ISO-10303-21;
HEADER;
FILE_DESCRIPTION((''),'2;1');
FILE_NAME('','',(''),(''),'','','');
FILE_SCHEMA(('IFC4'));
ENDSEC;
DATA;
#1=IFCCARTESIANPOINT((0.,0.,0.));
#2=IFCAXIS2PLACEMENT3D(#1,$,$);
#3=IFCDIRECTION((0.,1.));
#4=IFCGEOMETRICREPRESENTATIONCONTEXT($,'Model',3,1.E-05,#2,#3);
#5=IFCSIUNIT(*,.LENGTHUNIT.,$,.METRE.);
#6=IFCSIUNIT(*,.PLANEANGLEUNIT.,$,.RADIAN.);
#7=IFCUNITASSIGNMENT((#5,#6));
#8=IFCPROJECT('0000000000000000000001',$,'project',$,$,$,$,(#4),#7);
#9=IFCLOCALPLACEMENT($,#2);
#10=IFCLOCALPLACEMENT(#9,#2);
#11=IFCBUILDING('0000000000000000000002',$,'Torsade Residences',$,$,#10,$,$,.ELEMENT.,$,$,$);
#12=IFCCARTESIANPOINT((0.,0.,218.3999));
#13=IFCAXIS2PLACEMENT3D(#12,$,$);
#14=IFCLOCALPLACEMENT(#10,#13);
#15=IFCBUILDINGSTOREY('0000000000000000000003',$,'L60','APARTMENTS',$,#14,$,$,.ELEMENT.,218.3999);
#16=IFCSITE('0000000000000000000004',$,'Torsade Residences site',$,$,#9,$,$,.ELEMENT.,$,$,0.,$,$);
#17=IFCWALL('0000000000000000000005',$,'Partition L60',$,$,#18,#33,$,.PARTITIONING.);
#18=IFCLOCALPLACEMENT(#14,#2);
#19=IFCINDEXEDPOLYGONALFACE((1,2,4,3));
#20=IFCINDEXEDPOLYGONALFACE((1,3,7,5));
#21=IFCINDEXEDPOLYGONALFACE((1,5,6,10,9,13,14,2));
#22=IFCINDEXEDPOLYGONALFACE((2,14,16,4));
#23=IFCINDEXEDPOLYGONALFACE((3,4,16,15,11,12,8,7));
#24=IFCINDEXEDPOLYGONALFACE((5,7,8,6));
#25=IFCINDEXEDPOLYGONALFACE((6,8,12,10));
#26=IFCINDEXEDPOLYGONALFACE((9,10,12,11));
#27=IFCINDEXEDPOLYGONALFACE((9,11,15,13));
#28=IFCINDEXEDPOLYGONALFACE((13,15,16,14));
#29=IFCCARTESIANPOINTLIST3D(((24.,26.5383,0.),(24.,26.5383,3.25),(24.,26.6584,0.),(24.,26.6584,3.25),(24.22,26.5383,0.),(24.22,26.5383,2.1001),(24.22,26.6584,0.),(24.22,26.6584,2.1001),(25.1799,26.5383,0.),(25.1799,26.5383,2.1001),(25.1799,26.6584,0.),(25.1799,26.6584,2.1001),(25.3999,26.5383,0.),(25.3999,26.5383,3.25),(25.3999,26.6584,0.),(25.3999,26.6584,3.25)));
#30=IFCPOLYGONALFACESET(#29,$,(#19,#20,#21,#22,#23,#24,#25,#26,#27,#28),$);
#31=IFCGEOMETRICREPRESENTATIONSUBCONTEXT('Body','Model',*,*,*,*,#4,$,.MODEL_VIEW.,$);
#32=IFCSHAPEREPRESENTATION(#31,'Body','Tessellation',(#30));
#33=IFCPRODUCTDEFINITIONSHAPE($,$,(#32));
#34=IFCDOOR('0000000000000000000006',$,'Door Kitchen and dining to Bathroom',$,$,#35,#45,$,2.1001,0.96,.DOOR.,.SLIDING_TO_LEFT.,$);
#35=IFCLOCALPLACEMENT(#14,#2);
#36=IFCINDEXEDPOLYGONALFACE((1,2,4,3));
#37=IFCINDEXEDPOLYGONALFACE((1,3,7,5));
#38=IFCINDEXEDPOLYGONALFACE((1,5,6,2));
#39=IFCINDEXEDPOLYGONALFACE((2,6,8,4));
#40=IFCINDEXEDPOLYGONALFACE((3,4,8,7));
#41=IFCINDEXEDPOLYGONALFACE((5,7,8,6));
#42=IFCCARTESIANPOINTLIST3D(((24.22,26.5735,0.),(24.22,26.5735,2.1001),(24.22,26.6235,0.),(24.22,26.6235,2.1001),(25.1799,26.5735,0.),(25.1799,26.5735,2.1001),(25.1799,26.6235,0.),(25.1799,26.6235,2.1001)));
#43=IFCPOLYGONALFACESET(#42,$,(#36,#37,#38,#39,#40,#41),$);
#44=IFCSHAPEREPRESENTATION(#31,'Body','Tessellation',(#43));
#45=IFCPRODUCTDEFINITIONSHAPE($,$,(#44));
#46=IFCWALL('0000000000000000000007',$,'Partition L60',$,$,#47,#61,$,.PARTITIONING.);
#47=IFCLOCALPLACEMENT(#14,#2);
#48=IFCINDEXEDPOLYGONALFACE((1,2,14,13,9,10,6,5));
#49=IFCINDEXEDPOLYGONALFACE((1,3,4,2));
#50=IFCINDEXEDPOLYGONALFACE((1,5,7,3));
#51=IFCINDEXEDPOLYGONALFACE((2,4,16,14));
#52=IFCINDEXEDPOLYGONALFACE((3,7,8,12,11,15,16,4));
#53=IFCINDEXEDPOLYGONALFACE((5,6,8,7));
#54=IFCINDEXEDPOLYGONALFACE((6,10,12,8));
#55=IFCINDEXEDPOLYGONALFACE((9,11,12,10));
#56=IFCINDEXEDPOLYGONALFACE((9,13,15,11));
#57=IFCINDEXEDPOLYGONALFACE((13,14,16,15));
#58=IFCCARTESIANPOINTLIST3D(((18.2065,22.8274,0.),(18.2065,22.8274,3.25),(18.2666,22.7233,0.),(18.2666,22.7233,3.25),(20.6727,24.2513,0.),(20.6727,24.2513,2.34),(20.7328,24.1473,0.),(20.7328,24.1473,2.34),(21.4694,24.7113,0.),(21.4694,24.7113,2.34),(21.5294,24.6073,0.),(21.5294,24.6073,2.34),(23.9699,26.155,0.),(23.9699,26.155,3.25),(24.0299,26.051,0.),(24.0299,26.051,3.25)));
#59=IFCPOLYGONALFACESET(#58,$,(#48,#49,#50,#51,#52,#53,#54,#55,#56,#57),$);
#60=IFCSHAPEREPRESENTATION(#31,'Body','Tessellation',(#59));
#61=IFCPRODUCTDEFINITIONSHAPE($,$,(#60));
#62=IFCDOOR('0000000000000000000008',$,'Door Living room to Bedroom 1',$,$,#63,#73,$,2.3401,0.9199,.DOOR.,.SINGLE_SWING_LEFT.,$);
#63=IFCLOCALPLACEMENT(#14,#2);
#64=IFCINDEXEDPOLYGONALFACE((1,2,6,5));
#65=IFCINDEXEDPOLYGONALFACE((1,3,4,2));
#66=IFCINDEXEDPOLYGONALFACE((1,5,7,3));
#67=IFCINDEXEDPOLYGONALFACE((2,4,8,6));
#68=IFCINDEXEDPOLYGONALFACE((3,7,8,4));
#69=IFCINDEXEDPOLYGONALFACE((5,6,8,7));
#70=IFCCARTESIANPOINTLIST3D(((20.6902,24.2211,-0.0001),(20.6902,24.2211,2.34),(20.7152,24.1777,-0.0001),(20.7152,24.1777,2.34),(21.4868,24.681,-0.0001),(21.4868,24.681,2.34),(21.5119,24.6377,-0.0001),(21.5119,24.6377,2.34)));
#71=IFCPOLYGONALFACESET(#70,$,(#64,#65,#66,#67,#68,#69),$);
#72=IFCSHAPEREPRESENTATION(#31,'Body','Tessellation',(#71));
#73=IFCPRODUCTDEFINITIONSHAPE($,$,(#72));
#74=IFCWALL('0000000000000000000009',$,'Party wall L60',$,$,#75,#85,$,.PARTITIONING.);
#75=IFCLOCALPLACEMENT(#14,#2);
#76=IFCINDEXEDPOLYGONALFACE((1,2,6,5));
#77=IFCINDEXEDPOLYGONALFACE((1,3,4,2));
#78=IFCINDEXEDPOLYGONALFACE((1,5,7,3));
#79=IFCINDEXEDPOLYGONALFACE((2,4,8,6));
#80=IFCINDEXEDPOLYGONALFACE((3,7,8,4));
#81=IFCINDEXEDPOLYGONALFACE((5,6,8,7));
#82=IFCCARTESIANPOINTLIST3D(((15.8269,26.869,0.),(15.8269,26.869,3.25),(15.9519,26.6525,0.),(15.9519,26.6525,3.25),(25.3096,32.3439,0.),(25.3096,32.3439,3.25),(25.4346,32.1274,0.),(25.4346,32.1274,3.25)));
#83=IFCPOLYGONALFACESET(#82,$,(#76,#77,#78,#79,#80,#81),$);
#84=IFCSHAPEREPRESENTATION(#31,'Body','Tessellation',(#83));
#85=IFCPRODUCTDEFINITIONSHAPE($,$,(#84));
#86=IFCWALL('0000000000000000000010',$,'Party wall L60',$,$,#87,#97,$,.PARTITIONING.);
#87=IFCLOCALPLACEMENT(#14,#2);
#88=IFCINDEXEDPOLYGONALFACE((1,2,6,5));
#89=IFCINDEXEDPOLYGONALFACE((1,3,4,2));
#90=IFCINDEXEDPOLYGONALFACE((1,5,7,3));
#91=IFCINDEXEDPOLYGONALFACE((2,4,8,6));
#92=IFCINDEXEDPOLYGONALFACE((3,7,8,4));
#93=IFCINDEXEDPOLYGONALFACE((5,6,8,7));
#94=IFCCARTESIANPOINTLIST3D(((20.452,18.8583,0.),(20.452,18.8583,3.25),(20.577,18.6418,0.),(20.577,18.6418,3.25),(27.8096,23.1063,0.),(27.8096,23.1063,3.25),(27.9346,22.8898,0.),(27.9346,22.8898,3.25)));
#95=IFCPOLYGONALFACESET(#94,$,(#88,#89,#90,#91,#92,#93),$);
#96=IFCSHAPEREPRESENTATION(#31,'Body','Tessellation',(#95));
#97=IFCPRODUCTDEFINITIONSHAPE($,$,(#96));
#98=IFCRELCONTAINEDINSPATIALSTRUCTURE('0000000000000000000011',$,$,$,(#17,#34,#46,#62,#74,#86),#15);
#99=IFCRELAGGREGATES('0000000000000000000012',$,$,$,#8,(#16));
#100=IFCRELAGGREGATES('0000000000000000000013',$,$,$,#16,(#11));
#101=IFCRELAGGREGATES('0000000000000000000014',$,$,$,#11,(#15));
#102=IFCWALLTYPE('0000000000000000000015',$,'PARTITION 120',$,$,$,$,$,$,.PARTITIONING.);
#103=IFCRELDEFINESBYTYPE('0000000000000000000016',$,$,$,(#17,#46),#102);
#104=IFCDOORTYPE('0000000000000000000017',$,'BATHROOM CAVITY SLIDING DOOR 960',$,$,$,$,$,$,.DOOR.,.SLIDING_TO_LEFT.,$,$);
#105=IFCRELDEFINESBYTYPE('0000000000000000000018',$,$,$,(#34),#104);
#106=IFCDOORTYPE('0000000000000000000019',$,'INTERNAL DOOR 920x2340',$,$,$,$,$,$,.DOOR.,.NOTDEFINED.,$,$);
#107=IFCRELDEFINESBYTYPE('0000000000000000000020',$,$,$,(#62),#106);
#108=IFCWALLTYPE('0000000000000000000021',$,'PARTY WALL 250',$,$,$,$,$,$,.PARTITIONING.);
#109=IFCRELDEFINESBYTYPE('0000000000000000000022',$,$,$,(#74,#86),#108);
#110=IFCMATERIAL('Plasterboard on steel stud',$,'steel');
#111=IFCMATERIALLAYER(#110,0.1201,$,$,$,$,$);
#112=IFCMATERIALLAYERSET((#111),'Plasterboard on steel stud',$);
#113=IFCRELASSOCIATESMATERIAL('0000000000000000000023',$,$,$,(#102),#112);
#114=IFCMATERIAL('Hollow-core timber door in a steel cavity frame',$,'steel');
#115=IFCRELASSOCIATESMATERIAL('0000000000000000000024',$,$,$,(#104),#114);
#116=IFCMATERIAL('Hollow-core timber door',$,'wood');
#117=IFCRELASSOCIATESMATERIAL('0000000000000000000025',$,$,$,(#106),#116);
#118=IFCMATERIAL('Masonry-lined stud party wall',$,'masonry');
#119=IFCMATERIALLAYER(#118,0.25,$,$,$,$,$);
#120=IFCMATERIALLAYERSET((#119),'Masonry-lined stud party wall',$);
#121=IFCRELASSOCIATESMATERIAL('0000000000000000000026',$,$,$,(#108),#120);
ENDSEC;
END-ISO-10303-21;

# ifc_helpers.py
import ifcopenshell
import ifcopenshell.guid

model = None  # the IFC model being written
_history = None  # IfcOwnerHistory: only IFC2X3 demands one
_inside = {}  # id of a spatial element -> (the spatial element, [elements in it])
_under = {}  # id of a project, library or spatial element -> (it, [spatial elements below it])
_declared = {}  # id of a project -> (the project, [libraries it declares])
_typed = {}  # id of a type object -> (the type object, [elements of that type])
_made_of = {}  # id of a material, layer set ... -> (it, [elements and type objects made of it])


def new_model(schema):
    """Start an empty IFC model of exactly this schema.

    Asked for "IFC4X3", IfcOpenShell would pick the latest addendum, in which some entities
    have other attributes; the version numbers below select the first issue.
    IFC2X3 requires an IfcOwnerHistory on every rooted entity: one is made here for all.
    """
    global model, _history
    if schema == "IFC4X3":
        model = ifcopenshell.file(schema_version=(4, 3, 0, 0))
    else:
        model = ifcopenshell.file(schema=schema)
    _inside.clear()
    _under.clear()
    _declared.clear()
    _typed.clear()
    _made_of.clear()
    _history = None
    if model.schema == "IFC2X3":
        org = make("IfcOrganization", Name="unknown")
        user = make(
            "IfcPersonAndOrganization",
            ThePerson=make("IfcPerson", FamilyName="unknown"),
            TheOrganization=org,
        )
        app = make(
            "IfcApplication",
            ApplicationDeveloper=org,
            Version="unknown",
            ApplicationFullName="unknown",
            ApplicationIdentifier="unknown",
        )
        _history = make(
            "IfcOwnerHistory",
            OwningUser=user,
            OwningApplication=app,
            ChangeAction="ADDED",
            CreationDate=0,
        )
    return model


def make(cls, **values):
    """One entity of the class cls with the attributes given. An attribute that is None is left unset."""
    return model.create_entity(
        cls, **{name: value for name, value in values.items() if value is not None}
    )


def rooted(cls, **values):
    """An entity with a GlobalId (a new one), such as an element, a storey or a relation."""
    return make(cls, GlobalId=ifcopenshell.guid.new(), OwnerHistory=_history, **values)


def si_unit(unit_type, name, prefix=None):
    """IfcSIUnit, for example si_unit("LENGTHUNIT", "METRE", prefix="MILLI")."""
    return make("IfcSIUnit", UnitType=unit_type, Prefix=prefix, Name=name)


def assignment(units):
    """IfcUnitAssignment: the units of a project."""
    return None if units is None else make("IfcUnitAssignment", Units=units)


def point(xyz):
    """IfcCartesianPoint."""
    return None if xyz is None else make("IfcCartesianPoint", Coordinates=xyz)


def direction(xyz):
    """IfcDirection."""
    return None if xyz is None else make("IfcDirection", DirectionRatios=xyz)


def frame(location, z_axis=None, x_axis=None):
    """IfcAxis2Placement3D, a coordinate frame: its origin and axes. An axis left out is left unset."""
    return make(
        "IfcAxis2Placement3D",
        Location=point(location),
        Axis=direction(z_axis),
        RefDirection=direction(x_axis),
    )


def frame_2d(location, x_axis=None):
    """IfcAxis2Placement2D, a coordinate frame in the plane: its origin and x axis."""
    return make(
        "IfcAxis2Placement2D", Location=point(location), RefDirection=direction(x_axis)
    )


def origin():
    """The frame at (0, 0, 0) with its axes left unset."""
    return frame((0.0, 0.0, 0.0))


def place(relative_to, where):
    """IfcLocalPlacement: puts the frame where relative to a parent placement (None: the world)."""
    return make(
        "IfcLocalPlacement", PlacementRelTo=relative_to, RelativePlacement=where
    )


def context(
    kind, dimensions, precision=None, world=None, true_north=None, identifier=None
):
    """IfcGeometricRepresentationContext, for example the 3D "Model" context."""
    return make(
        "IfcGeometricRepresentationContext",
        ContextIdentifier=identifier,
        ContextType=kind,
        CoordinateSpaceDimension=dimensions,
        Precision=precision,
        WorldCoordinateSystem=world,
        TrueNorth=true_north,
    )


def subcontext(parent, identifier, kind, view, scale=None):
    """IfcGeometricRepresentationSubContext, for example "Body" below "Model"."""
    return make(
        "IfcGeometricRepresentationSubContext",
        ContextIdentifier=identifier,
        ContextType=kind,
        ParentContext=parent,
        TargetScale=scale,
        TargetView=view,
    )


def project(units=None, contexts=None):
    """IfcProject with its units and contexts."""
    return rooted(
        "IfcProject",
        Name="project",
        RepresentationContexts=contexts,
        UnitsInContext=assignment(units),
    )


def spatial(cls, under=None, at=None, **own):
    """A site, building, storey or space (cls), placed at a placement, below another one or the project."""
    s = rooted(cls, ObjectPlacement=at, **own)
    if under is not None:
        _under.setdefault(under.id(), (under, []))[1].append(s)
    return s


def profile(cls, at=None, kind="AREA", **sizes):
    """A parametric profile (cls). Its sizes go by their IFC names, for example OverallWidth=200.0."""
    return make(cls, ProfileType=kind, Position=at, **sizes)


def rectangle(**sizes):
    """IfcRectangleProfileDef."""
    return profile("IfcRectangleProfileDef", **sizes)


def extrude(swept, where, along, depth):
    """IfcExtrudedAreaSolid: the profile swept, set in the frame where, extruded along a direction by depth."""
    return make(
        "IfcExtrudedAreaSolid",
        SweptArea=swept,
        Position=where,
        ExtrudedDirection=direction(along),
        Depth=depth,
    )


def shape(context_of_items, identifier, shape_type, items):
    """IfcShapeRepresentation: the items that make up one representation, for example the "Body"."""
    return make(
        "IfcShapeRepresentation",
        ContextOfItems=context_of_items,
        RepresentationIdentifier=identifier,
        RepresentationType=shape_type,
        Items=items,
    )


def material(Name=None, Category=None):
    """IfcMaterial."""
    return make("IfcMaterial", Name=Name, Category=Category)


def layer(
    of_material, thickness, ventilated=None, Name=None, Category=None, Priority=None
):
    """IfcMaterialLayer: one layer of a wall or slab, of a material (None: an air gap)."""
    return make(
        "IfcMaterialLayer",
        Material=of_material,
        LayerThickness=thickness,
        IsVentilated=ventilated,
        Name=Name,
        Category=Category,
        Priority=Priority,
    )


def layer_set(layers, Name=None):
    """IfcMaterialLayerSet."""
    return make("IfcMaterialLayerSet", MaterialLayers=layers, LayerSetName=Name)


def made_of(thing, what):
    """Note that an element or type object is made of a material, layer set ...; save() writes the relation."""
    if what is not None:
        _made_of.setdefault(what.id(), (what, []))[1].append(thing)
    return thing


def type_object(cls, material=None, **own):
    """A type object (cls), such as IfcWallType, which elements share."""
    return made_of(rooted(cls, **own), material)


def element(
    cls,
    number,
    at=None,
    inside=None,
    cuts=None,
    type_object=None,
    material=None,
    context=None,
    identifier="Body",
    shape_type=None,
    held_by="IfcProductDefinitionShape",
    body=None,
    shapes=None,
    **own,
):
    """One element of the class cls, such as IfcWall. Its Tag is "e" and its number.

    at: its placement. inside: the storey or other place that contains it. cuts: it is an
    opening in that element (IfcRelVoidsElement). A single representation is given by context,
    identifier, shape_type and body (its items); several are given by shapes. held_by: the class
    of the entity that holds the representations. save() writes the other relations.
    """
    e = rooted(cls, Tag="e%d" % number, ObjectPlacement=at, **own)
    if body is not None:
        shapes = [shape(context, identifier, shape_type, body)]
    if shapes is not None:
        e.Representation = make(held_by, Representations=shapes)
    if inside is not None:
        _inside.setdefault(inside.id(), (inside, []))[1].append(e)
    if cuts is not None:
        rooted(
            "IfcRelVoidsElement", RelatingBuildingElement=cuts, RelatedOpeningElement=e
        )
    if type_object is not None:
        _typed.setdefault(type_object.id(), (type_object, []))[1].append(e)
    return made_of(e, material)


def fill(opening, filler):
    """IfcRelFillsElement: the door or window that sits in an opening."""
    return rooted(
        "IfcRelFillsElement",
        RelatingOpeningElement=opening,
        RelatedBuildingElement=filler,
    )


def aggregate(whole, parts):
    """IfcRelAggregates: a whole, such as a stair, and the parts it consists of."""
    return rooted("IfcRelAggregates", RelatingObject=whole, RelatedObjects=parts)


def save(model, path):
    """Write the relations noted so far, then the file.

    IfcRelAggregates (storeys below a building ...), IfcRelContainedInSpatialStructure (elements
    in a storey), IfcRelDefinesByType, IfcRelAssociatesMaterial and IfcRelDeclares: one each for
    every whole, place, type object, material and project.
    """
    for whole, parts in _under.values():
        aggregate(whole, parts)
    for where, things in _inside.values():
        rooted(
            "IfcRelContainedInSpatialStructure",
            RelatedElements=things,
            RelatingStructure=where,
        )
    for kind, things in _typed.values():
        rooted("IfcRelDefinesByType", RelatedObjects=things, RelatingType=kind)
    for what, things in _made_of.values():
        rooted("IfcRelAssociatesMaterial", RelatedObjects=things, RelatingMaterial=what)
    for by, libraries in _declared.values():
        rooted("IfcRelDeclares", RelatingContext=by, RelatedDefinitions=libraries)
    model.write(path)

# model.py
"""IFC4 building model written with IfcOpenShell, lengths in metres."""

from ifc_helpers import new_model, si_unit, direction, frame, frame_2d, origin, place, context, subcontext, project, spatial, rectangle, extrude, material, layer, layer_set, type_object, element, fill, save


model = new_model("IFC4")

# Units and contexts
model_context = context("Model", 3, precision=1e-05, world=origin(), true_north=direction((0.0, 1.0)))
body_context = subcontext(model_context, "Body", "Model", "MODEL_VIEW")
ifc_project = project(units=[si_unit("LENGTHUNIT", "METRE"), si_unit("PLANEANGLEUNIT", "RADIAN")], contexts=[model_context])

# Site, building, storey
site_placement = place(None, origin())
site = spatial("IfcSite", under=ifc_project, at=site_placement, Name="Torsade Residences site", CompositionType="ELEMENT", RefElevation=0.0)
building_placement = place(site_placement, origin())
building = spatial("IfcBuilding", under=site, at=building_placement, Name="Torsade Residences", CompositionType="ELEMENT")
storey_placement = place(building_placement, frame((0.0, 0.0, 218.3999)))
storey = spatial("IfcBuildingStorey", under=building, at=storey_placement, Name="L60", Description="APARTMENTS", CompositionType="ELEMENT", Elevation=218.3999)

# Walls, openings, doors
ifc_material_1 = material(Name="Plasterboard on steel stud", Category="steel")
ifc_layer_1 = layer(ifc_material_1, 0.1201)
ifc_layer_set_1 = layer_set([ifc_layer_1], Name="Plasterboard on steel stud")
wall_type_1 = type_object("IfcWallType", Name="PARTITION 120", PredefinedType="PARTITIONING", material=ifc_layer_set_1)
wall_1_placement = place(storey_placement, frame((25.3999, 26.5984, 0.0), z_axis=(0.0, 0.0, 1.0), x_axis=(-1.0, 0.0, 0.0)))
wall_1 = element("IfcWall", 1, at=wall_1_placement, inside=storey, type_object=wall_type_1, Name="Partition L60", PredefinedType="PARTITIONING", context=body_context, shape_type="SweptSolid", body=[
    extrude(rectangle(XDim=1.3999, YDim=0.1201, at=frame_2d((0.7, 0.0))), origin(), (0.0, 0.0, 1.0), 3.25),
])
opening_1_placement = place(wall_1_placement, frame((0.22, 0.0, 0.0)))
opening_1 = element("IfcOpeningElement", 2, at=opening_1_placement, cuts=wall_1, PredefinedType="OPENING", context=body_context, shape_type="SweptSolid", body=[
    extrude(rectangle(XDim=0.96, YDim=2.1001, at=frame_2d((0.48, 1.05))), frame((0.0, 0.0701, 0.0), z_axis=(0.0, -1.0, 0.0), x_axis=(1.0, 0.0, 0.0)), (0.0, 0.0, 1.0), 0.1401),
])
ifc_material_2 = material(Name="Hollow-core timber door in a steel cavity frame", Category="steel")
door_type_1 = type_object("IfcDoorType", Name="BATHROOM CAVITY SLIDING DOOR 960", OperationType="SLIDING_TO_LEFT", PredefinedType="DOOR", material=ifc_material_2)
door_1_placement = place(opening_1_placement, origin())
door_1 = element("IfcDoor", 3, at=door_1_placement, inside=storey, type_object=door_type_1, Name="Door Kitchen and dining to Bathroom", OperationType="SLIDING_TO_LEFT", OverallHeight=2.1001, OverallWidth=0.96, PredefinedType="DOOR", context=body_context, shape_type="SweptSolid", body=[
    extrude(rectangle(XDim=0.96, YDim=2.1001, at=frame_2d((0.48, 1.05))), frame((0.0, 0.0249, 0.0), z_axis=(0.0, -1.0, 0.0), x_axis=(1.0, 0.0, 0.0)), (0.0, 0.0, 1.0), 0.05),
])
fill(opening_1, door_1)
wall_2_placement = place(storey_placement, frame((24.0, 26.103, 0.0), z_axis=(0.0, 0.0, 1.0), x_axis=(-0.866018, -0.500014, 0.0)))
wall_2 = element("IfcWall", 4, at=wall_2_placement, inside=storey, type_object=wall_type_1, Name="Partition L60", PredefinedType="PARTITIONING", context=body_context, shape_type="SweptSolid", body=[
    extrude(rectangle(XDim=6.655, YDim=0.1201, at=frame_2d((3.3276, 0.0))), origin(), (0.0, 0.0, 1.0), 3.25),
])
opening_2_placement = place(wall_2_placement, frame((2.8875, 0.0, 0.0)))
opening_2 = element("IfcOpeningElement", 5, at=opening_2_placement, cuts=wall_2, PredefinedType="OPENING", context=body_context, shape_type="SweptSolid", body=[
    extrude(rectangle(XDim=0.9199, YDim=2.3401, at=frame_2d((0.46, 1.1699))), frame((0.0, 0.0701, 0.0), z_axis=(0.0, -1.0, 0.0), x_axis=(1.0, 0.0, 0.0)), (0.0, 0.0, 1.0), 0.1401),
])
ifc_material_3 = material(Name="Hollow-core timber door", Category="wood")
door_type_2 = type_object("IfcDoorType", Name="INTERNAL DOOR 920x2340", OperationType="NOTDEFINED", PredefinedType="DOOR", material=ifc_material_3)
door_2_placement = place(opening_2_placement, origin())
door_2 = element("IfcDoor", 6, at=door_2_placement, inside=storey, type_object=door_type_2, Name="Door Living room to Bedroom 1", OperationType="SINGLE_SWING_LEFT", OverallHeight=2.3401, OverallWidth=0.9199, PredefinedType="DOOR", context=body_context, shape_type="SweptSolid", body=[
    extrude(rectangle(XDim=0.9199, YDim=2.3401, at=frame_2d((0.46, 1.1699))), frame((0.0, 0.0249, 0.0), z_axis=(0.0, -1.0, 0.0), x_axis=(1.0, 0.0, 0.0)), (0.0, 0.0, 1.0), 0.05),
])
fill(opening_2, door_2)

# Walls
ifc_material_4 = material(Name="Masonry-lined stud party wall", Category="masonry")
ifc_layer_2 = layer(ifc_material_4, 0.25)
ifc_layer_set_2 = layer_set([ifc_layer_2], Name="Masonry-lined stud party wall")
wall_type_2 = type_object("IfcWallType", Name="PARTY WALL 250", PredefinedType="PARTITIONING", material=ifc_layer_set_2)
wall_3_placement = place(storey_placement, frame((15.8894, 26.7607, 0.0), z_axis=(0.0, 0.0, 1.0), x_axis=(0.866024, 0.500002, 0.0)))
element("IfcWall", 7, at=wall_3_placement, inside=storey, type_object=wall_type_2, Name="Party wall L60", PredefinedType="PARTITIONING", context=body_context, shape_type="SweptSolid", body=[
    extrude(rectangle(XDim=10.9497, YDim=0.25, at=frame_2d((5.4749, 0.0))), origin(), (0.0, 0.0, 1.0), 3.25),
])
wall_4_placement = place(storey_placement, frame((20.5144, 18.75, 0.0), z_axis=(0.0, 0.0, 1.0), x_axis=(0.86602, 0.500009, 0.0)))
element("IfcWall", 8, at=wall_4_placement, inside=storey, type_object=wall_type_2, Name="Party wall L60", PredefinedType="PARTITIONING", context=body_context, shape_type="SweptSolid", body=[
    extrude(rectangle(XDim=8.4958, YDim=0.25, at=frame_2d((4.248, 0.0))), origin(), (0.0, 0.0, 1.0), 3.25),
])

save(model, "model.ifc")
